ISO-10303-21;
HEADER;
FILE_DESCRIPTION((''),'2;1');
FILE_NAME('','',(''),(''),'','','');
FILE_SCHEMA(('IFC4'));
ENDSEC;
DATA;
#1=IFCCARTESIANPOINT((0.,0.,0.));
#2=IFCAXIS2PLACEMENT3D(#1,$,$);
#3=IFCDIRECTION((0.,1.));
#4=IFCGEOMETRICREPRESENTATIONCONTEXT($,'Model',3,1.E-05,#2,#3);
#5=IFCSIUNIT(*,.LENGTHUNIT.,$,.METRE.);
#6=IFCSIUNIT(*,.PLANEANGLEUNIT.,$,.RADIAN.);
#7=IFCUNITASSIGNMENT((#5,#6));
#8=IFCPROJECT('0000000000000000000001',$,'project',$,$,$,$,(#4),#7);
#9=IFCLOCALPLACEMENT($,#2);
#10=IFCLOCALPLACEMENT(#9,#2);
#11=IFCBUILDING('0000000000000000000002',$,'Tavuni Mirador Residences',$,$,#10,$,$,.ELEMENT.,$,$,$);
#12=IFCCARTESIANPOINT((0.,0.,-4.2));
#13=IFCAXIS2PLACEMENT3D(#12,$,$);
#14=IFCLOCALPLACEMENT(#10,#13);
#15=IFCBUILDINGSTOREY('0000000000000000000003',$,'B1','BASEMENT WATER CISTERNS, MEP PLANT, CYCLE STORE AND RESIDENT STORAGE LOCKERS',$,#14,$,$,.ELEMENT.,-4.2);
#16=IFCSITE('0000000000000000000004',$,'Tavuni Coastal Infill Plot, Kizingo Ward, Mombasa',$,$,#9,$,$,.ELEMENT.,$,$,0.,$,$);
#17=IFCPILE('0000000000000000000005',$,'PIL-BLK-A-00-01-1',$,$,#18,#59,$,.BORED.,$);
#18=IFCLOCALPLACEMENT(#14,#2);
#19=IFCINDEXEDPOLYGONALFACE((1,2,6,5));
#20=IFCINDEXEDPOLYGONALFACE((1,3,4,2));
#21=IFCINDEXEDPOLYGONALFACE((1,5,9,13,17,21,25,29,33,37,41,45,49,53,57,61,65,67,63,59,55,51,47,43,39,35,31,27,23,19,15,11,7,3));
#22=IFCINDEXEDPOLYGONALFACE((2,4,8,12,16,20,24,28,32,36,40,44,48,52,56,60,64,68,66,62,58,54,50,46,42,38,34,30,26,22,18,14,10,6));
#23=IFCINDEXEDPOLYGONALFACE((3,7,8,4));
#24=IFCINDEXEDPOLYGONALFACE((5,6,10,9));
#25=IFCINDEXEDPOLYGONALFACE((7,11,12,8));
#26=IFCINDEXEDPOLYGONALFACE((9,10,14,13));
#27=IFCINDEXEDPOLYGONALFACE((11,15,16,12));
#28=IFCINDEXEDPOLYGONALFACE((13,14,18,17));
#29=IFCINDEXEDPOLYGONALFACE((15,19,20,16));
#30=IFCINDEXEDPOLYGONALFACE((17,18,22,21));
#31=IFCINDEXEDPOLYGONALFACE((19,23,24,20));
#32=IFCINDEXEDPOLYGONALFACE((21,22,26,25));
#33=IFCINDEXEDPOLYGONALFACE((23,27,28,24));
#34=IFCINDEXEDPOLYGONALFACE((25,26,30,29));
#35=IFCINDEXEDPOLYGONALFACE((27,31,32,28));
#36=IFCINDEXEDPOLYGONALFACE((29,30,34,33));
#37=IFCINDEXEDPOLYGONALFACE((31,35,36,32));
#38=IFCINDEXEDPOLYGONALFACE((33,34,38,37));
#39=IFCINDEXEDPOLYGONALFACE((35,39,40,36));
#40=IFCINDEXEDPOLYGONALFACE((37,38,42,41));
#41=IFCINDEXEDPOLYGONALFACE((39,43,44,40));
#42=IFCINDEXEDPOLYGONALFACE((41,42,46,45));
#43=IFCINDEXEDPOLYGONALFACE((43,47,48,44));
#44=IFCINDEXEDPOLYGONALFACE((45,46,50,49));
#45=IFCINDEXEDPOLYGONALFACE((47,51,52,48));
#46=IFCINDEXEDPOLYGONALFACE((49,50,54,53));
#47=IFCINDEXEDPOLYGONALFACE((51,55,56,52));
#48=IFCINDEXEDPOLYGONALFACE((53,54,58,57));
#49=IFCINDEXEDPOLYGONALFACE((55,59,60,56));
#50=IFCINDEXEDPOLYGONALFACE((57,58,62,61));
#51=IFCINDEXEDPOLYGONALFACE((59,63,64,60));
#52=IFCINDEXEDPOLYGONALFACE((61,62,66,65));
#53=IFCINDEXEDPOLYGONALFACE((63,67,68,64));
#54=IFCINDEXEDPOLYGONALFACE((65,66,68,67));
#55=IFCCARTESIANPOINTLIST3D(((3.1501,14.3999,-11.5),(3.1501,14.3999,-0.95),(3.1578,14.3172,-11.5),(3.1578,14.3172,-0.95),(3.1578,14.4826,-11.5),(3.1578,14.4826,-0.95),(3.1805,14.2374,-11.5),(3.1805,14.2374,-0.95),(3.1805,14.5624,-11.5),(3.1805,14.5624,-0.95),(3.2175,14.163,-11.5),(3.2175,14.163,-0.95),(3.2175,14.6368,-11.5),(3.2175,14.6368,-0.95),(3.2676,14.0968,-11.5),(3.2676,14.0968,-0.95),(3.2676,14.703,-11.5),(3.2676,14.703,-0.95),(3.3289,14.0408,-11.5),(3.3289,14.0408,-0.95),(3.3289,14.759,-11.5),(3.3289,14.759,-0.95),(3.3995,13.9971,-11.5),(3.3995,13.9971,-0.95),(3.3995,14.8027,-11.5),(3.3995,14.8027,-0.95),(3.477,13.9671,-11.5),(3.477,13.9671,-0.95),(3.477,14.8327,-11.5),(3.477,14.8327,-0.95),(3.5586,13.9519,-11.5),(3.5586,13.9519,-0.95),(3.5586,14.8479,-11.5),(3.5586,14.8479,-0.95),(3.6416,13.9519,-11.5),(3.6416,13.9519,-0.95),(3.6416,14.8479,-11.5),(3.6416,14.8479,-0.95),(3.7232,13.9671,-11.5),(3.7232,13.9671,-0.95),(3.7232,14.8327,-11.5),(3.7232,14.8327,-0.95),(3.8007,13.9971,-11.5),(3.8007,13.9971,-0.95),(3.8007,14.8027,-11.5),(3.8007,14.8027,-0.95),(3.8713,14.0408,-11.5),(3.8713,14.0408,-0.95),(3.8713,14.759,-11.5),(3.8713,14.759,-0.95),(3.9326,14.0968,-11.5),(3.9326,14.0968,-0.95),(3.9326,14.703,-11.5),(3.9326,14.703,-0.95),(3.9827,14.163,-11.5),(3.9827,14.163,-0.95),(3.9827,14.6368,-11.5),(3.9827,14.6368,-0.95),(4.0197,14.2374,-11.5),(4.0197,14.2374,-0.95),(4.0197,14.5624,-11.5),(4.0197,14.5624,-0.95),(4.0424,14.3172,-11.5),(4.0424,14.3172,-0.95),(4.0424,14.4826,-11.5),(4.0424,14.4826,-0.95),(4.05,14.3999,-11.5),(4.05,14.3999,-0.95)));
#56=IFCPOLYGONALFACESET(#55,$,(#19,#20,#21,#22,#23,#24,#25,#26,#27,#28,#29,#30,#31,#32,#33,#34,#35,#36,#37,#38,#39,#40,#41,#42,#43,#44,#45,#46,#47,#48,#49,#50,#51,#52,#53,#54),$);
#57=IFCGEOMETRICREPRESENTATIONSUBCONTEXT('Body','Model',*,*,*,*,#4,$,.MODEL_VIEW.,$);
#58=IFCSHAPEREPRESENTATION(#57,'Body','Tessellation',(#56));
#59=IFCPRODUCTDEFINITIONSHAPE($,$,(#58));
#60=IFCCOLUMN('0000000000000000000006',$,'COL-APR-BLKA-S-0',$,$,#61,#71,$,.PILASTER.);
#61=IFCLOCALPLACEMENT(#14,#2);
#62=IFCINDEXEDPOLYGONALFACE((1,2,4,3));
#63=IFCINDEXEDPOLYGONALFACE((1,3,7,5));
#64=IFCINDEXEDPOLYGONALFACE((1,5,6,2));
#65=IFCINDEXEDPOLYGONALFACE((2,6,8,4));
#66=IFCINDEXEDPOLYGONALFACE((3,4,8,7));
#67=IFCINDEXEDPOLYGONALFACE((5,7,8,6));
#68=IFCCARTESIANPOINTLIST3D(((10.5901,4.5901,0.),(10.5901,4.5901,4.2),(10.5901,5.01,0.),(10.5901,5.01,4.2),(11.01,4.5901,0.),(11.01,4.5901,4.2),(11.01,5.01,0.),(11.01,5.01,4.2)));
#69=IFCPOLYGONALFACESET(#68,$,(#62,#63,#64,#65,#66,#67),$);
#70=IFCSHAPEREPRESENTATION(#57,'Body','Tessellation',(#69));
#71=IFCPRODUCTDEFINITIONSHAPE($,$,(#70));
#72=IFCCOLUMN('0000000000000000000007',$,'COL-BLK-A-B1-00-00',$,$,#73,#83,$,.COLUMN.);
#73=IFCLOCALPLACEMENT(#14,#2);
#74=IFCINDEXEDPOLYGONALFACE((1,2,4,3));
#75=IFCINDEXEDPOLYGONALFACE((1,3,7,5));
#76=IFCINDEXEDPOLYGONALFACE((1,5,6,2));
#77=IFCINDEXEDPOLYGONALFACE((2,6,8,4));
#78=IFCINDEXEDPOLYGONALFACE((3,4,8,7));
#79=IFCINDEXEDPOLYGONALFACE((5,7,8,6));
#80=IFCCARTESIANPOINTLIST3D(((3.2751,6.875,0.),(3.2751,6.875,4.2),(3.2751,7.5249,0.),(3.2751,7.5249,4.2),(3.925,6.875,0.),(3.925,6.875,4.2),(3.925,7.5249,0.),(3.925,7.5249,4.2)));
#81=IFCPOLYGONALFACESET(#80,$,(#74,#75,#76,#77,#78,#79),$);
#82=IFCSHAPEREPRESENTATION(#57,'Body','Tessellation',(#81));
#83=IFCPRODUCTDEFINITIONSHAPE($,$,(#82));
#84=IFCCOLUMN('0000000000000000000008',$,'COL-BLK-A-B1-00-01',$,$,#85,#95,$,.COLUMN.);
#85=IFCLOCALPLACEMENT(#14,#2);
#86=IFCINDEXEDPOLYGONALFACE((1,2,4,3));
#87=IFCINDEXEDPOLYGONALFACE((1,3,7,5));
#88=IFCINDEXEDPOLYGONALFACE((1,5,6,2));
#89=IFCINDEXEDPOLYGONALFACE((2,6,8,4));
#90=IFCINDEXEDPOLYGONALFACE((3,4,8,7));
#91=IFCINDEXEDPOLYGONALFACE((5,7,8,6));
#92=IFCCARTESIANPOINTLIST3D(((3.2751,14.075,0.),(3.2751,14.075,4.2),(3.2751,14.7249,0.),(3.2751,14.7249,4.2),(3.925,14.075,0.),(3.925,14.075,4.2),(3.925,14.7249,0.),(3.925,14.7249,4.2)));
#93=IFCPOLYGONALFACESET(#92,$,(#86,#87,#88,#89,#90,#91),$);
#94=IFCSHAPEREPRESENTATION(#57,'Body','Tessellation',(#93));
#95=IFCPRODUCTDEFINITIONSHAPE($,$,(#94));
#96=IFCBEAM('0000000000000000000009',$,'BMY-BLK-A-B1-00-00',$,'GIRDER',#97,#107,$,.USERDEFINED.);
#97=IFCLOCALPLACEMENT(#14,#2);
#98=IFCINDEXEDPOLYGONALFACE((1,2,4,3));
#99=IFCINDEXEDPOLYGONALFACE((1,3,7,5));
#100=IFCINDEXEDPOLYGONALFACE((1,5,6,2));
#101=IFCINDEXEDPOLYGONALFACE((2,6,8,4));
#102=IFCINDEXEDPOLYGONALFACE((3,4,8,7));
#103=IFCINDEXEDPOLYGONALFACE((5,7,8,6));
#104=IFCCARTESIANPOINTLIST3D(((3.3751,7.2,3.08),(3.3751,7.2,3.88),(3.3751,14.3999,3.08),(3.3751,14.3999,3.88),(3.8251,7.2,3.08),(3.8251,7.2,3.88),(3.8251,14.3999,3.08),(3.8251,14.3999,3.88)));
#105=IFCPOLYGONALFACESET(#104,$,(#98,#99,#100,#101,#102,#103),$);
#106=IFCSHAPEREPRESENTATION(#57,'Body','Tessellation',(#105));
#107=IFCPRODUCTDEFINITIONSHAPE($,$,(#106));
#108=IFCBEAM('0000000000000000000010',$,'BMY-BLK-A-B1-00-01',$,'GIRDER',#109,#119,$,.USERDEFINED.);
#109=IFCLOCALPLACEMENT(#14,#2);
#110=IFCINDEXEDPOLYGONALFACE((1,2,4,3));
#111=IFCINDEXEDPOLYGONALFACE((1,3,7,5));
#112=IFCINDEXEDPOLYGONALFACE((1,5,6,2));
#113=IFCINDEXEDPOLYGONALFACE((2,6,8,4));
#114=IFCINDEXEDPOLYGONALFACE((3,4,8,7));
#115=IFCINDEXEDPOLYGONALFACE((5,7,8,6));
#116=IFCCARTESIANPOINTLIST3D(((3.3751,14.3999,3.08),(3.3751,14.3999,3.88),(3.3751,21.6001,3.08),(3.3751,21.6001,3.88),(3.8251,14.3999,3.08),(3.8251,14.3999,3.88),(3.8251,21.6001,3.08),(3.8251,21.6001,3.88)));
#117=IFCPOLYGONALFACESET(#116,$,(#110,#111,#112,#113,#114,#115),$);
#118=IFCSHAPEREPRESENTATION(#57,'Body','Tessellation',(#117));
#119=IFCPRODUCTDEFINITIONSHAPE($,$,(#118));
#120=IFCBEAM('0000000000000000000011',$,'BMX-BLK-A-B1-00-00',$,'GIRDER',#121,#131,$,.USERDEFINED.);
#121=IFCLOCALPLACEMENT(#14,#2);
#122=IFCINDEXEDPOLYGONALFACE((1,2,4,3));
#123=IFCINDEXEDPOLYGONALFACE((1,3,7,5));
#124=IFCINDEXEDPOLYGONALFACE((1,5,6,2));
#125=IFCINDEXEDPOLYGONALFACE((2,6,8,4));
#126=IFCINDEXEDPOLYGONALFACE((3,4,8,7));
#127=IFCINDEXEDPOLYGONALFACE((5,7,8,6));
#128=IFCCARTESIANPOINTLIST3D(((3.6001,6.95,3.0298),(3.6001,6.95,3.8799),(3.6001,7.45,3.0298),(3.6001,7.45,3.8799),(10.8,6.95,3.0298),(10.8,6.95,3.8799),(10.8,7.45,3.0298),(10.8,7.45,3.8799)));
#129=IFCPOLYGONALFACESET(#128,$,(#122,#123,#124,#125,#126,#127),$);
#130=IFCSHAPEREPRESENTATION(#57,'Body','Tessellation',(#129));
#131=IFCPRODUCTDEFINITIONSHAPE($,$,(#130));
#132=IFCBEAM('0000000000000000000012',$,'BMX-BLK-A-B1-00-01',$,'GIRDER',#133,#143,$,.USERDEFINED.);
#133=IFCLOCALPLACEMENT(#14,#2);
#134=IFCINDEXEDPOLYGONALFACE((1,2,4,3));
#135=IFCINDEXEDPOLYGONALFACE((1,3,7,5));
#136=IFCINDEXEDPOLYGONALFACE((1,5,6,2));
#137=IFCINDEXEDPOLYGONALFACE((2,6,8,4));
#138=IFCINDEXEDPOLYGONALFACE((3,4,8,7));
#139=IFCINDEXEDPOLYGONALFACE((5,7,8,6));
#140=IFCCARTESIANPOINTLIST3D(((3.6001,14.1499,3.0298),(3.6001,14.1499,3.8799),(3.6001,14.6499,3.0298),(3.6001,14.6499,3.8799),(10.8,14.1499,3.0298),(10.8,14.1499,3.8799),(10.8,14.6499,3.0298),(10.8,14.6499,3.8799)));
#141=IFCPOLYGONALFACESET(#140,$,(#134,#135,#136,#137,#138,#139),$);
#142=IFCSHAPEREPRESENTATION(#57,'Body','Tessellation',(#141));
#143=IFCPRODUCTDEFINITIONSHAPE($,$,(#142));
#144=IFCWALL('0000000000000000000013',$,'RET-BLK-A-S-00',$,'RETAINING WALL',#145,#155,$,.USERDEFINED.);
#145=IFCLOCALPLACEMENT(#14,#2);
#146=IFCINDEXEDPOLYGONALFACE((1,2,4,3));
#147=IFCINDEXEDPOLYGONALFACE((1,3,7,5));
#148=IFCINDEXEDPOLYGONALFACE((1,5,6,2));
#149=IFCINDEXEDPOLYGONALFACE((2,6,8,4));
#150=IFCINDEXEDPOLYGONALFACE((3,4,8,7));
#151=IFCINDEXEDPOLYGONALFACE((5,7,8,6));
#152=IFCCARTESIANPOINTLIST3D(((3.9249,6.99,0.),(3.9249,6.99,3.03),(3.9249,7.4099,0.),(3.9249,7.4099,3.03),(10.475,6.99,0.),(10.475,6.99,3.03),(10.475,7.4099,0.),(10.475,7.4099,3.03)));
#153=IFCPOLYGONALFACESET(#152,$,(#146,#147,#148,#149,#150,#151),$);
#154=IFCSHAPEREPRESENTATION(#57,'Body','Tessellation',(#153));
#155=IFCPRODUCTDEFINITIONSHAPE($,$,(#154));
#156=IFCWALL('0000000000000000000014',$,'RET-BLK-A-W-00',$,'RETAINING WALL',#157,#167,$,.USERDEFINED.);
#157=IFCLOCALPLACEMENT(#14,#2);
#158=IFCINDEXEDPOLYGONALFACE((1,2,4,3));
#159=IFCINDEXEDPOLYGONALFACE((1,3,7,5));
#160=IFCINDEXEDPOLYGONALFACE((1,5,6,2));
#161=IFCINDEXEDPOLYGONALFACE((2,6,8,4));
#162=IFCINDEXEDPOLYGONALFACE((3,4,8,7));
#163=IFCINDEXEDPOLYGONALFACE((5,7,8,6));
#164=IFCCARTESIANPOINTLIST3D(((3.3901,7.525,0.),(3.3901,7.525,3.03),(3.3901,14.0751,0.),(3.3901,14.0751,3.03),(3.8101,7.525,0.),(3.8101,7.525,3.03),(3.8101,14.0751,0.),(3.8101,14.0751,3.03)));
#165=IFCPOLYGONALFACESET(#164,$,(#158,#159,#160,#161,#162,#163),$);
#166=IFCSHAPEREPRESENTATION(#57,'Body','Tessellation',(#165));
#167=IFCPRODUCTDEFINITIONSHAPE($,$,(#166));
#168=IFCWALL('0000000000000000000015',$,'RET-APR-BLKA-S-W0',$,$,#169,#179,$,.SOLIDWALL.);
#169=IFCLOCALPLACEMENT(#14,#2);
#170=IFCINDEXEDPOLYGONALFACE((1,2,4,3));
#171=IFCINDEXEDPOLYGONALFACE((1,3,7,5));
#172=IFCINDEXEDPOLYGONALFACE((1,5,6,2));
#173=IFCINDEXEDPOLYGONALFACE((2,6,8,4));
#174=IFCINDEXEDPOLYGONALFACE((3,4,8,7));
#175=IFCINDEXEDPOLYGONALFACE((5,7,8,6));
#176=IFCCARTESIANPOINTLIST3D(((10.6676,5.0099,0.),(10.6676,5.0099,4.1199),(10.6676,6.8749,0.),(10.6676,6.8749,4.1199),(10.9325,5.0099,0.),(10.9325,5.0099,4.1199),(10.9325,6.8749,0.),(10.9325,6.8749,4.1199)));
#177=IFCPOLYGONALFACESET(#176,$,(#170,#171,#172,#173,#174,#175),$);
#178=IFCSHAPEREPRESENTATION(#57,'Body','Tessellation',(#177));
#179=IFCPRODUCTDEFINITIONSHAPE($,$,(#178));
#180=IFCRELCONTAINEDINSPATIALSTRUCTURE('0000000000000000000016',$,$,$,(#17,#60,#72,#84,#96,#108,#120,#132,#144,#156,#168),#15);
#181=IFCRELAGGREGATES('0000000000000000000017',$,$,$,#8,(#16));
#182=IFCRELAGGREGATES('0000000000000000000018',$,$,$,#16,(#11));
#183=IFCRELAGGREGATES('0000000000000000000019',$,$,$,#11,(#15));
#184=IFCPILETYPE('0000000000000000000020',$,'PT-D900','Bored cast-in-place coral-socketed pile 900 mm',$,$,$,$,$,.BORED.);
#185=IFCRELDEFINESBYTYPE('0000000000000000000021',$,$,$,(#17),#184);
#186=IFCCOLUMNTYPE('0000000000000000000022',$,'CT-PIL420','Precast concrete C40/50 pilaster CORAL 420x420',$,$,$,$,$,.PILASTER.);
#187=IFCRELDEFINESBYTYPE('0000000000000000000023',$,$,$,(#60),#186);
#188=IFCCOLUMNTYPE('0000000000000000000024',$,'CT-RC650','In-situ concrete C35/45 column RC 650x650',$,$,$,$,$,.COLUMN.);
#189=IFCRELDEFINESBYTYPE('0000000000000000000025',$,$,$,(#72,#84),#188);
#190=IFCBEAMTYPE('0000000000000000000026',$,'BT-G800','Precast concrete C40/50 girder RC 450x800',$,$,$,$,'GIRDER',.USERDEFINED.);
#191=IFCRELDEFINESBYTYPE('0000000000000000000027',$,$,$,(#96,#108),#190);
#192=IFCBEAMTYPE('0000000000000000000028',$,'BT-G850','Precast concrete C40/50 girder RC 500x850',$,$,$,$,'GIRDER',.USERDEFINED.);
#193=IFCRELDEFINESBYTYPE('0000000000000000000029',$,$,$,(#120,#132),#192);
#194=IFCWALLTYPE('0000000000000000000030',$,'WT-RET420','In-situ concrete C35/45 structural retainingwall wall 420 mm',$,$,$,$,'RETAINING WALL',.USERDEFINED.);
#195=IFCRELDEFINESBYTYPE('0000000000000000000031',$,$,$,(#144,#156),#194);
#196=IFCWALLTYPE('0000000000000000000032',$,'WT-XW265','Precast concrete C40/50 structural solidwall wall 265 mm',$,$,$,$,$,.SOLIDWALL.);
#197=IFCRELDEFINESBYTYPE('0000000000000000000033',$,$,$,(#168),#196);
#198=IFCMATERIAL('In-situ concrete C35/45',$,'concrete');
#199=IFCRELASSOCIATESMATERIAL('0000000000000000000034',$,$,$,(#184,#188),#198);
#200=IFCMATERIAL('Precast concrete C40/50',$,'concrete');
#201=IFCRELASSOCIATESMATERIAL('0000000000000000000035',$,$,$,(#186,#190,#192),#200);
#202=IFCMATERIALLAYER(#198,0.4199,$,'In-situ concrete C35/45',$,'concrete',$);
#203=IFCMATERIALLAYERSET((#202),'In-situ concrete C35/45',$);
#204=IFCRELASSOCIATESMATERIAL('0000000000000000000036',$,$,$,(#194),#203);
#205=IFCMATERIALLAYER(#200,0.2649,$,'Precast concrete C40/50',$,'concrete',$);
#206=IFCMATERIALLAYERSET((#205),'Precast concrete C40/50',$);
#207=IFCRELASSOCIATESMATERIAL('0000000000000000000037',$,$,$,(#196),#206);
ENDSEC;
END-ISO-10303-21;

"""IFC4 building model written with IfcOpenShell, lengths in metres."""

from ifc_helpers import new_model, si_unit, direction, frame, frame_2d, origin, origin_2d, place, context, subcontext, project, spatial, rectangle, circle, extrude, material, layer, layer_set, material_profile, profile_set, type_object, element, save


model = new_model("IFC4")

# Units and contexts
model_context = context("Model", 3, precision=1e-05, world=origin(), true_north=direction((0.0, 1.0)))
body_context = subcontext(model_context, "Body", "Model", "MODEL_VIEW")
ifc_project = project(units=[si_unit("LENGTHUNIT", "METRE"), si_unit("PLANEANGLEUNIT", "RADIAN")], contexts=[model_context])

# Site, building, storey
site_placement = place(None, origin())
site = spatial("IfcSite", under=ifc_project, at=site_placement, Name="Tavuni Coastal Infill Plot, Kizingo Ward, Mombasa", CompositionType="ELEMENT", RefElevation=0.0)
building_placement = place(site_placement, origin())
building = spatial("IfcBuilding", under=site, at=building_placement, Name="Tavuni Mirador Residences", CompositionType="ELEMENT")
storey_placement = place(building_placement, frame((0.0, 0.0, -4.2)))
storey = spatial("IfcBuildingStorey", under=building, at=storey_placement, Name="B1", Description="BASEMENT WATER CISTERNS, MEP PLANT, CYCLE STORE AND RESIDENT STORAGE LOCKERS", CompositionType="ELEMENT", Elevation=-4.2)

# Shared definitions
ifc_material_1 = material(Name="In-situ concrete C35/45", Category="concrete")

# Pile
ifc_material_profile_1 = material_profile(ifc_material_1, circle(Radius=0.45, at=origin_2d()), Name="PILE D900", Category="concrete")
ifc_profile_set_1 = profile_set([ifc_material_profile_1], Name="In-situ concrete C35/45")
pile_type_1 = type_object("IfcPileType", Name="PT-D900", Description="Bored cast-in-place coral-socketed pile 900 mm", PredefinedType="BORED", material=ifc_profile_set_1)
pile_1_placement = place(storey_placement, frame((3.6001, 14.3999, -0.95), z_axis=(0.0, 0.0, -1.0), x_axis=(1.0, 0.0, 0.0)))
element("IfcPile", 1, at=pile_1_placement, inside=storey, type_object=pile_type_1, Name="PIL-BLK-A-00-01-1", PredefinedType="BORED", context=body_context, shape_type="SweptSolid", body=[
    extrude(circle(Radius=0.45, at=origin_2d()), origin(), (0.0, 0.0, 1.0), 10.55),
])

# Columns
ifc_material_2 = material(Name="Precast concrete C40/50", Category="concrete")
ifc_material_profile_2 = material_profile(ifc_material_2, rectangle(XDim=0.4199, YDim=0.4199, at=origin_2d()), Name="CORAL 420x420", Category="concrete")
ifc_profile_set_2 = profile_set([ifc_material_profile_2], Name="Precast concrete C40/50")
column_type_1 = type_object("IfcColumnType", Name="CT-PIL420", Description="Precast concrete C40/50 pilaster CORAL 420x420", PredefinedType="PILASTER", material=ifc_profile_set_2)
column_placement = place(storey_placement, frame((10.8, 4.8, 0.0), z_axis=(0.0, 0.0, 1.0), x_axis=(1.0, 0.0, 0.0)))
element("IfcColumn", 2, at=column_placement, inside=storey, type_object=column_type_1, Name="COL-APR-BLKA-S-0", PredefinedType="PILASTER", context=body_context, shape_type="SweptSolid", body=[
    extrude(rectangle(XDim=0.4199, YDim=0.4199, at=origin_2d()), origin(), (0.0, 0.0, 1.0), 4.2),
])
ifc_material_profile_3 = material_profile(ifc_material_1, rectangle(XDim=0.6499, YDim=0.6499, at=origin_2d()), Name="RC 650x650", Category="concrete")
ifc_profile_set_3 = profile_set([ifc_material_profile_3], Name="In-situ concrete C35/45")
column_type_2 = type_object("IfcColumnType", Name="CT-RC650", Description="In-situ concrete C35/45 column RC 650x650", PredefinedType="COLUMN", material=ifc_profile_set_3)
for number, where, z_axis, x_axis, name in (
    (3, (3.6001, 7.2, 0.0), (0.0, 0.0, 1.0), (1.0, 0.0, 0.0), "COL-BLK-A-B1-00-00"),
    (4, (3.6001, 14.3999, 0.0), (0.0, 0.0, 1.0), (1.0, 0.0, 0.0), "COL-BLK-A-B1-00-01"),
):
    element("IfcColumn", number, at=place(storey_placement, frame(where, z_axis=z_axis, x_axis=x_axis)), inside=storey, type_object=column_type_2, Name=name, PredefinedType="COLUMN", context=body_context, shape_type="SweptSolid", body=[
        extrude(rectangle(XDim=0.6499, YDim=0.6499, at=origin_2d()), origin(), (0.0, 0.0, 1.0), 4.2),
    ])

# Beams
ifc_material_profile_4 = material_profile(ifc_material_2, rectangle(XDim=0.45, YDim=0.8, at=origin_2d()), Name="RC 450x800", Category="concrete")
ifc_profile_set_4 = profile_set([ifc_material_profile_4], Name="Precast concrete C40/50")
beam_type_1 = type_object("IfcBeamType", Name="BT-G800", Description="Precast concrete C40/50 girder RC 450x800", ElementType="GIRDER", PredefinedType="USERDEFINED", material=ifc_profile_set_4)
beam_1_placement = place(storey_placement, frame((3.6001, 7.2, 3.48), z_axis=(0.0, 1.0, 0.0), x_axis=(-1.0, 0.0, 0.0)))
element("IfcBeam", 5, at=beam_1_placement, inside=storey, type_object=beam_type_1, Name="BMY-BLK-A-B1-00-00", ObjectType="GIRDER", PredefinedType="USERDEFINED", context=body_context, shape_type="SweptSolid", body=[
    extrude(rectangle(XDim=0.45, YDim=0.8, at=origin_2d()), origin(), (0.0, 0.0, 1.0), 7.2),
])
beam_2_placement = place(storey_placement, frame((3.6001, 14.3999, 3.48), z_axis=(0.0, 1.0, 0.0), x_axis=(-1.0, 0.0, 0.0)))
element("IfcBeam", 6, at=beam_2_placement, inside=storey, type_object=beam_type_1, Name="BMY-BLK-A-B1-00-01", ObjectType="GIRDER", PredefinedType="USERDEFINED", context=body_context, shape_type="SweptSolid", body=[
    extrude(rectangle(XDim=0.45, YDim=0.8, at=origin_2d()), origin(), (0.0, 0.0, 1.0), 7.2002),
])
ifc_material_profile_5 = material_profile(ifc_material_2, rectangle(XDim=0.5, YDim=0.8501, at=origin_2d()), Name="RC 500x850", Category="concrete")
ifc_profile_set_5 = profile_set([ifc_material_profile_5], Name="Precast concrete C40/50")
beam_type_2 = type_object("IfcBeamType", Name="BT-G850", Description="Precast concrete C40/50 girder RC 500x850", ElementType="GIRDER", PredefinedType="USERDEFINED", material=ifc_profile_set_5)
for number, where, z_axis, x_axis, name in (
    (7, (3.6001, 7.2, 3.4548), (1.0, 0.0, 0.0), (0.0, 1.0, 0.0), "BMX-BLK-A-B1-00-00"),
    (8, (3.6001, 14.3999, 3.4548), (1.0, 0.0, 0.0), (0.0, 1.0, 0.0), "BMX-BLK-A-B1-00-01"),
):
    element("IfcBeam", number, at=place(storey_placement, frame(where, z_axis=z_axis, x_axis=x_axis)), inside=storey, type_object=beam_type_2, Name=name, ObjectType="GIRDER", PredefinedType="USERDEFINED", context=body_context, shape_type="SweptSolid", body=[
        extrude(rectangle(XDim=0.5, YDim=0.8501, at=origin_2d()), origin(), (0.0, 0.0, 1.0), 7.2),
    ])

# Walls
ifc_layer_1 = layer(ifc_material_1, 0.4199, Name="In-situ concrete C35/45", Category="concrete")
ifc_layer_set_1 = layer_set([ifc_layer_1], Name="In-situ concrete C35/45")
wall_type_1 = type_object("IfcWallType", Name="WT-RET420", Description="In-situ concrete C35/45 structural retainingwall wall 420 mm", ElementType="RETAINING WALL", PredefinedType="USERDEFINED", material=ifc_layer_set_1)
for number, where, z_axis, x_axis, name in (
    (9, (3.925, 7.2, 0.0), (0.0, 0.0, 1.0), (1.0, 0.0, 0.0), "RET-BLK-A-S-00"),
    (10, (3.6001, 14.075, 0.0), (0.0, 0.0, 1.0), (0.0, -1.0, 0.0), "RET-BLK-A-W-00"),
):
    element("IfcWall", number, at=place(storey_placement, frame(where, z_axis=z_axis, x_axis=x_axis)), inside=storey, type_object=wall_type_1, Name=name, ObjectType="RETAINING WALL", PredefinedType="USERDEFINED", context=body_context, shape_type="SweptSolid", body=[
        extrude(rectangle(XDim=6.55, YDim=0.4199, at=frame_2d((3.2749, 0.0))), origin(), (0.0, 0.0, 1.0), 3.03),
    ])
ifc_layer_2 = layer(ifc_material_2, 0.2649, Name="Precast concrete C40/50", Category="concrete")
ifc_layer_set_2 = layer_set([ifc_layer_2], Name="Precast concrete C40/50")
wall_type_2 = type_object("IfcWallType", Name="WT-XW265", Description="Precast concrete C40/50 structural solidwall wall 265 mm", PredefinedType="SOLIDWALL", material=ifc_layer_set_2)
wall_1_placement = place(storey_placement, frame((10.8, 6.875, 0.0), z_axis=(0.0, 0.0, 1.0), x_axis=(0.0, -1.0, 0.0)))
element("IfcWall", 11, at=wall_1_placement, inside=storey, type_object=wall_type_2, Name="RET-APR-BLKA-S-W0", PredefinedType="SOLIDWALL", context=body_context, shape_type="SweptSolid", body=[
    extrude(rectangle(XDim=1.865, YDim=0.2649, at=frame_2d((0.9326, 0.0))), origin(), (0.0, 0.0, 1.0), 4.1199),
])

save(model, "model.ifc")
